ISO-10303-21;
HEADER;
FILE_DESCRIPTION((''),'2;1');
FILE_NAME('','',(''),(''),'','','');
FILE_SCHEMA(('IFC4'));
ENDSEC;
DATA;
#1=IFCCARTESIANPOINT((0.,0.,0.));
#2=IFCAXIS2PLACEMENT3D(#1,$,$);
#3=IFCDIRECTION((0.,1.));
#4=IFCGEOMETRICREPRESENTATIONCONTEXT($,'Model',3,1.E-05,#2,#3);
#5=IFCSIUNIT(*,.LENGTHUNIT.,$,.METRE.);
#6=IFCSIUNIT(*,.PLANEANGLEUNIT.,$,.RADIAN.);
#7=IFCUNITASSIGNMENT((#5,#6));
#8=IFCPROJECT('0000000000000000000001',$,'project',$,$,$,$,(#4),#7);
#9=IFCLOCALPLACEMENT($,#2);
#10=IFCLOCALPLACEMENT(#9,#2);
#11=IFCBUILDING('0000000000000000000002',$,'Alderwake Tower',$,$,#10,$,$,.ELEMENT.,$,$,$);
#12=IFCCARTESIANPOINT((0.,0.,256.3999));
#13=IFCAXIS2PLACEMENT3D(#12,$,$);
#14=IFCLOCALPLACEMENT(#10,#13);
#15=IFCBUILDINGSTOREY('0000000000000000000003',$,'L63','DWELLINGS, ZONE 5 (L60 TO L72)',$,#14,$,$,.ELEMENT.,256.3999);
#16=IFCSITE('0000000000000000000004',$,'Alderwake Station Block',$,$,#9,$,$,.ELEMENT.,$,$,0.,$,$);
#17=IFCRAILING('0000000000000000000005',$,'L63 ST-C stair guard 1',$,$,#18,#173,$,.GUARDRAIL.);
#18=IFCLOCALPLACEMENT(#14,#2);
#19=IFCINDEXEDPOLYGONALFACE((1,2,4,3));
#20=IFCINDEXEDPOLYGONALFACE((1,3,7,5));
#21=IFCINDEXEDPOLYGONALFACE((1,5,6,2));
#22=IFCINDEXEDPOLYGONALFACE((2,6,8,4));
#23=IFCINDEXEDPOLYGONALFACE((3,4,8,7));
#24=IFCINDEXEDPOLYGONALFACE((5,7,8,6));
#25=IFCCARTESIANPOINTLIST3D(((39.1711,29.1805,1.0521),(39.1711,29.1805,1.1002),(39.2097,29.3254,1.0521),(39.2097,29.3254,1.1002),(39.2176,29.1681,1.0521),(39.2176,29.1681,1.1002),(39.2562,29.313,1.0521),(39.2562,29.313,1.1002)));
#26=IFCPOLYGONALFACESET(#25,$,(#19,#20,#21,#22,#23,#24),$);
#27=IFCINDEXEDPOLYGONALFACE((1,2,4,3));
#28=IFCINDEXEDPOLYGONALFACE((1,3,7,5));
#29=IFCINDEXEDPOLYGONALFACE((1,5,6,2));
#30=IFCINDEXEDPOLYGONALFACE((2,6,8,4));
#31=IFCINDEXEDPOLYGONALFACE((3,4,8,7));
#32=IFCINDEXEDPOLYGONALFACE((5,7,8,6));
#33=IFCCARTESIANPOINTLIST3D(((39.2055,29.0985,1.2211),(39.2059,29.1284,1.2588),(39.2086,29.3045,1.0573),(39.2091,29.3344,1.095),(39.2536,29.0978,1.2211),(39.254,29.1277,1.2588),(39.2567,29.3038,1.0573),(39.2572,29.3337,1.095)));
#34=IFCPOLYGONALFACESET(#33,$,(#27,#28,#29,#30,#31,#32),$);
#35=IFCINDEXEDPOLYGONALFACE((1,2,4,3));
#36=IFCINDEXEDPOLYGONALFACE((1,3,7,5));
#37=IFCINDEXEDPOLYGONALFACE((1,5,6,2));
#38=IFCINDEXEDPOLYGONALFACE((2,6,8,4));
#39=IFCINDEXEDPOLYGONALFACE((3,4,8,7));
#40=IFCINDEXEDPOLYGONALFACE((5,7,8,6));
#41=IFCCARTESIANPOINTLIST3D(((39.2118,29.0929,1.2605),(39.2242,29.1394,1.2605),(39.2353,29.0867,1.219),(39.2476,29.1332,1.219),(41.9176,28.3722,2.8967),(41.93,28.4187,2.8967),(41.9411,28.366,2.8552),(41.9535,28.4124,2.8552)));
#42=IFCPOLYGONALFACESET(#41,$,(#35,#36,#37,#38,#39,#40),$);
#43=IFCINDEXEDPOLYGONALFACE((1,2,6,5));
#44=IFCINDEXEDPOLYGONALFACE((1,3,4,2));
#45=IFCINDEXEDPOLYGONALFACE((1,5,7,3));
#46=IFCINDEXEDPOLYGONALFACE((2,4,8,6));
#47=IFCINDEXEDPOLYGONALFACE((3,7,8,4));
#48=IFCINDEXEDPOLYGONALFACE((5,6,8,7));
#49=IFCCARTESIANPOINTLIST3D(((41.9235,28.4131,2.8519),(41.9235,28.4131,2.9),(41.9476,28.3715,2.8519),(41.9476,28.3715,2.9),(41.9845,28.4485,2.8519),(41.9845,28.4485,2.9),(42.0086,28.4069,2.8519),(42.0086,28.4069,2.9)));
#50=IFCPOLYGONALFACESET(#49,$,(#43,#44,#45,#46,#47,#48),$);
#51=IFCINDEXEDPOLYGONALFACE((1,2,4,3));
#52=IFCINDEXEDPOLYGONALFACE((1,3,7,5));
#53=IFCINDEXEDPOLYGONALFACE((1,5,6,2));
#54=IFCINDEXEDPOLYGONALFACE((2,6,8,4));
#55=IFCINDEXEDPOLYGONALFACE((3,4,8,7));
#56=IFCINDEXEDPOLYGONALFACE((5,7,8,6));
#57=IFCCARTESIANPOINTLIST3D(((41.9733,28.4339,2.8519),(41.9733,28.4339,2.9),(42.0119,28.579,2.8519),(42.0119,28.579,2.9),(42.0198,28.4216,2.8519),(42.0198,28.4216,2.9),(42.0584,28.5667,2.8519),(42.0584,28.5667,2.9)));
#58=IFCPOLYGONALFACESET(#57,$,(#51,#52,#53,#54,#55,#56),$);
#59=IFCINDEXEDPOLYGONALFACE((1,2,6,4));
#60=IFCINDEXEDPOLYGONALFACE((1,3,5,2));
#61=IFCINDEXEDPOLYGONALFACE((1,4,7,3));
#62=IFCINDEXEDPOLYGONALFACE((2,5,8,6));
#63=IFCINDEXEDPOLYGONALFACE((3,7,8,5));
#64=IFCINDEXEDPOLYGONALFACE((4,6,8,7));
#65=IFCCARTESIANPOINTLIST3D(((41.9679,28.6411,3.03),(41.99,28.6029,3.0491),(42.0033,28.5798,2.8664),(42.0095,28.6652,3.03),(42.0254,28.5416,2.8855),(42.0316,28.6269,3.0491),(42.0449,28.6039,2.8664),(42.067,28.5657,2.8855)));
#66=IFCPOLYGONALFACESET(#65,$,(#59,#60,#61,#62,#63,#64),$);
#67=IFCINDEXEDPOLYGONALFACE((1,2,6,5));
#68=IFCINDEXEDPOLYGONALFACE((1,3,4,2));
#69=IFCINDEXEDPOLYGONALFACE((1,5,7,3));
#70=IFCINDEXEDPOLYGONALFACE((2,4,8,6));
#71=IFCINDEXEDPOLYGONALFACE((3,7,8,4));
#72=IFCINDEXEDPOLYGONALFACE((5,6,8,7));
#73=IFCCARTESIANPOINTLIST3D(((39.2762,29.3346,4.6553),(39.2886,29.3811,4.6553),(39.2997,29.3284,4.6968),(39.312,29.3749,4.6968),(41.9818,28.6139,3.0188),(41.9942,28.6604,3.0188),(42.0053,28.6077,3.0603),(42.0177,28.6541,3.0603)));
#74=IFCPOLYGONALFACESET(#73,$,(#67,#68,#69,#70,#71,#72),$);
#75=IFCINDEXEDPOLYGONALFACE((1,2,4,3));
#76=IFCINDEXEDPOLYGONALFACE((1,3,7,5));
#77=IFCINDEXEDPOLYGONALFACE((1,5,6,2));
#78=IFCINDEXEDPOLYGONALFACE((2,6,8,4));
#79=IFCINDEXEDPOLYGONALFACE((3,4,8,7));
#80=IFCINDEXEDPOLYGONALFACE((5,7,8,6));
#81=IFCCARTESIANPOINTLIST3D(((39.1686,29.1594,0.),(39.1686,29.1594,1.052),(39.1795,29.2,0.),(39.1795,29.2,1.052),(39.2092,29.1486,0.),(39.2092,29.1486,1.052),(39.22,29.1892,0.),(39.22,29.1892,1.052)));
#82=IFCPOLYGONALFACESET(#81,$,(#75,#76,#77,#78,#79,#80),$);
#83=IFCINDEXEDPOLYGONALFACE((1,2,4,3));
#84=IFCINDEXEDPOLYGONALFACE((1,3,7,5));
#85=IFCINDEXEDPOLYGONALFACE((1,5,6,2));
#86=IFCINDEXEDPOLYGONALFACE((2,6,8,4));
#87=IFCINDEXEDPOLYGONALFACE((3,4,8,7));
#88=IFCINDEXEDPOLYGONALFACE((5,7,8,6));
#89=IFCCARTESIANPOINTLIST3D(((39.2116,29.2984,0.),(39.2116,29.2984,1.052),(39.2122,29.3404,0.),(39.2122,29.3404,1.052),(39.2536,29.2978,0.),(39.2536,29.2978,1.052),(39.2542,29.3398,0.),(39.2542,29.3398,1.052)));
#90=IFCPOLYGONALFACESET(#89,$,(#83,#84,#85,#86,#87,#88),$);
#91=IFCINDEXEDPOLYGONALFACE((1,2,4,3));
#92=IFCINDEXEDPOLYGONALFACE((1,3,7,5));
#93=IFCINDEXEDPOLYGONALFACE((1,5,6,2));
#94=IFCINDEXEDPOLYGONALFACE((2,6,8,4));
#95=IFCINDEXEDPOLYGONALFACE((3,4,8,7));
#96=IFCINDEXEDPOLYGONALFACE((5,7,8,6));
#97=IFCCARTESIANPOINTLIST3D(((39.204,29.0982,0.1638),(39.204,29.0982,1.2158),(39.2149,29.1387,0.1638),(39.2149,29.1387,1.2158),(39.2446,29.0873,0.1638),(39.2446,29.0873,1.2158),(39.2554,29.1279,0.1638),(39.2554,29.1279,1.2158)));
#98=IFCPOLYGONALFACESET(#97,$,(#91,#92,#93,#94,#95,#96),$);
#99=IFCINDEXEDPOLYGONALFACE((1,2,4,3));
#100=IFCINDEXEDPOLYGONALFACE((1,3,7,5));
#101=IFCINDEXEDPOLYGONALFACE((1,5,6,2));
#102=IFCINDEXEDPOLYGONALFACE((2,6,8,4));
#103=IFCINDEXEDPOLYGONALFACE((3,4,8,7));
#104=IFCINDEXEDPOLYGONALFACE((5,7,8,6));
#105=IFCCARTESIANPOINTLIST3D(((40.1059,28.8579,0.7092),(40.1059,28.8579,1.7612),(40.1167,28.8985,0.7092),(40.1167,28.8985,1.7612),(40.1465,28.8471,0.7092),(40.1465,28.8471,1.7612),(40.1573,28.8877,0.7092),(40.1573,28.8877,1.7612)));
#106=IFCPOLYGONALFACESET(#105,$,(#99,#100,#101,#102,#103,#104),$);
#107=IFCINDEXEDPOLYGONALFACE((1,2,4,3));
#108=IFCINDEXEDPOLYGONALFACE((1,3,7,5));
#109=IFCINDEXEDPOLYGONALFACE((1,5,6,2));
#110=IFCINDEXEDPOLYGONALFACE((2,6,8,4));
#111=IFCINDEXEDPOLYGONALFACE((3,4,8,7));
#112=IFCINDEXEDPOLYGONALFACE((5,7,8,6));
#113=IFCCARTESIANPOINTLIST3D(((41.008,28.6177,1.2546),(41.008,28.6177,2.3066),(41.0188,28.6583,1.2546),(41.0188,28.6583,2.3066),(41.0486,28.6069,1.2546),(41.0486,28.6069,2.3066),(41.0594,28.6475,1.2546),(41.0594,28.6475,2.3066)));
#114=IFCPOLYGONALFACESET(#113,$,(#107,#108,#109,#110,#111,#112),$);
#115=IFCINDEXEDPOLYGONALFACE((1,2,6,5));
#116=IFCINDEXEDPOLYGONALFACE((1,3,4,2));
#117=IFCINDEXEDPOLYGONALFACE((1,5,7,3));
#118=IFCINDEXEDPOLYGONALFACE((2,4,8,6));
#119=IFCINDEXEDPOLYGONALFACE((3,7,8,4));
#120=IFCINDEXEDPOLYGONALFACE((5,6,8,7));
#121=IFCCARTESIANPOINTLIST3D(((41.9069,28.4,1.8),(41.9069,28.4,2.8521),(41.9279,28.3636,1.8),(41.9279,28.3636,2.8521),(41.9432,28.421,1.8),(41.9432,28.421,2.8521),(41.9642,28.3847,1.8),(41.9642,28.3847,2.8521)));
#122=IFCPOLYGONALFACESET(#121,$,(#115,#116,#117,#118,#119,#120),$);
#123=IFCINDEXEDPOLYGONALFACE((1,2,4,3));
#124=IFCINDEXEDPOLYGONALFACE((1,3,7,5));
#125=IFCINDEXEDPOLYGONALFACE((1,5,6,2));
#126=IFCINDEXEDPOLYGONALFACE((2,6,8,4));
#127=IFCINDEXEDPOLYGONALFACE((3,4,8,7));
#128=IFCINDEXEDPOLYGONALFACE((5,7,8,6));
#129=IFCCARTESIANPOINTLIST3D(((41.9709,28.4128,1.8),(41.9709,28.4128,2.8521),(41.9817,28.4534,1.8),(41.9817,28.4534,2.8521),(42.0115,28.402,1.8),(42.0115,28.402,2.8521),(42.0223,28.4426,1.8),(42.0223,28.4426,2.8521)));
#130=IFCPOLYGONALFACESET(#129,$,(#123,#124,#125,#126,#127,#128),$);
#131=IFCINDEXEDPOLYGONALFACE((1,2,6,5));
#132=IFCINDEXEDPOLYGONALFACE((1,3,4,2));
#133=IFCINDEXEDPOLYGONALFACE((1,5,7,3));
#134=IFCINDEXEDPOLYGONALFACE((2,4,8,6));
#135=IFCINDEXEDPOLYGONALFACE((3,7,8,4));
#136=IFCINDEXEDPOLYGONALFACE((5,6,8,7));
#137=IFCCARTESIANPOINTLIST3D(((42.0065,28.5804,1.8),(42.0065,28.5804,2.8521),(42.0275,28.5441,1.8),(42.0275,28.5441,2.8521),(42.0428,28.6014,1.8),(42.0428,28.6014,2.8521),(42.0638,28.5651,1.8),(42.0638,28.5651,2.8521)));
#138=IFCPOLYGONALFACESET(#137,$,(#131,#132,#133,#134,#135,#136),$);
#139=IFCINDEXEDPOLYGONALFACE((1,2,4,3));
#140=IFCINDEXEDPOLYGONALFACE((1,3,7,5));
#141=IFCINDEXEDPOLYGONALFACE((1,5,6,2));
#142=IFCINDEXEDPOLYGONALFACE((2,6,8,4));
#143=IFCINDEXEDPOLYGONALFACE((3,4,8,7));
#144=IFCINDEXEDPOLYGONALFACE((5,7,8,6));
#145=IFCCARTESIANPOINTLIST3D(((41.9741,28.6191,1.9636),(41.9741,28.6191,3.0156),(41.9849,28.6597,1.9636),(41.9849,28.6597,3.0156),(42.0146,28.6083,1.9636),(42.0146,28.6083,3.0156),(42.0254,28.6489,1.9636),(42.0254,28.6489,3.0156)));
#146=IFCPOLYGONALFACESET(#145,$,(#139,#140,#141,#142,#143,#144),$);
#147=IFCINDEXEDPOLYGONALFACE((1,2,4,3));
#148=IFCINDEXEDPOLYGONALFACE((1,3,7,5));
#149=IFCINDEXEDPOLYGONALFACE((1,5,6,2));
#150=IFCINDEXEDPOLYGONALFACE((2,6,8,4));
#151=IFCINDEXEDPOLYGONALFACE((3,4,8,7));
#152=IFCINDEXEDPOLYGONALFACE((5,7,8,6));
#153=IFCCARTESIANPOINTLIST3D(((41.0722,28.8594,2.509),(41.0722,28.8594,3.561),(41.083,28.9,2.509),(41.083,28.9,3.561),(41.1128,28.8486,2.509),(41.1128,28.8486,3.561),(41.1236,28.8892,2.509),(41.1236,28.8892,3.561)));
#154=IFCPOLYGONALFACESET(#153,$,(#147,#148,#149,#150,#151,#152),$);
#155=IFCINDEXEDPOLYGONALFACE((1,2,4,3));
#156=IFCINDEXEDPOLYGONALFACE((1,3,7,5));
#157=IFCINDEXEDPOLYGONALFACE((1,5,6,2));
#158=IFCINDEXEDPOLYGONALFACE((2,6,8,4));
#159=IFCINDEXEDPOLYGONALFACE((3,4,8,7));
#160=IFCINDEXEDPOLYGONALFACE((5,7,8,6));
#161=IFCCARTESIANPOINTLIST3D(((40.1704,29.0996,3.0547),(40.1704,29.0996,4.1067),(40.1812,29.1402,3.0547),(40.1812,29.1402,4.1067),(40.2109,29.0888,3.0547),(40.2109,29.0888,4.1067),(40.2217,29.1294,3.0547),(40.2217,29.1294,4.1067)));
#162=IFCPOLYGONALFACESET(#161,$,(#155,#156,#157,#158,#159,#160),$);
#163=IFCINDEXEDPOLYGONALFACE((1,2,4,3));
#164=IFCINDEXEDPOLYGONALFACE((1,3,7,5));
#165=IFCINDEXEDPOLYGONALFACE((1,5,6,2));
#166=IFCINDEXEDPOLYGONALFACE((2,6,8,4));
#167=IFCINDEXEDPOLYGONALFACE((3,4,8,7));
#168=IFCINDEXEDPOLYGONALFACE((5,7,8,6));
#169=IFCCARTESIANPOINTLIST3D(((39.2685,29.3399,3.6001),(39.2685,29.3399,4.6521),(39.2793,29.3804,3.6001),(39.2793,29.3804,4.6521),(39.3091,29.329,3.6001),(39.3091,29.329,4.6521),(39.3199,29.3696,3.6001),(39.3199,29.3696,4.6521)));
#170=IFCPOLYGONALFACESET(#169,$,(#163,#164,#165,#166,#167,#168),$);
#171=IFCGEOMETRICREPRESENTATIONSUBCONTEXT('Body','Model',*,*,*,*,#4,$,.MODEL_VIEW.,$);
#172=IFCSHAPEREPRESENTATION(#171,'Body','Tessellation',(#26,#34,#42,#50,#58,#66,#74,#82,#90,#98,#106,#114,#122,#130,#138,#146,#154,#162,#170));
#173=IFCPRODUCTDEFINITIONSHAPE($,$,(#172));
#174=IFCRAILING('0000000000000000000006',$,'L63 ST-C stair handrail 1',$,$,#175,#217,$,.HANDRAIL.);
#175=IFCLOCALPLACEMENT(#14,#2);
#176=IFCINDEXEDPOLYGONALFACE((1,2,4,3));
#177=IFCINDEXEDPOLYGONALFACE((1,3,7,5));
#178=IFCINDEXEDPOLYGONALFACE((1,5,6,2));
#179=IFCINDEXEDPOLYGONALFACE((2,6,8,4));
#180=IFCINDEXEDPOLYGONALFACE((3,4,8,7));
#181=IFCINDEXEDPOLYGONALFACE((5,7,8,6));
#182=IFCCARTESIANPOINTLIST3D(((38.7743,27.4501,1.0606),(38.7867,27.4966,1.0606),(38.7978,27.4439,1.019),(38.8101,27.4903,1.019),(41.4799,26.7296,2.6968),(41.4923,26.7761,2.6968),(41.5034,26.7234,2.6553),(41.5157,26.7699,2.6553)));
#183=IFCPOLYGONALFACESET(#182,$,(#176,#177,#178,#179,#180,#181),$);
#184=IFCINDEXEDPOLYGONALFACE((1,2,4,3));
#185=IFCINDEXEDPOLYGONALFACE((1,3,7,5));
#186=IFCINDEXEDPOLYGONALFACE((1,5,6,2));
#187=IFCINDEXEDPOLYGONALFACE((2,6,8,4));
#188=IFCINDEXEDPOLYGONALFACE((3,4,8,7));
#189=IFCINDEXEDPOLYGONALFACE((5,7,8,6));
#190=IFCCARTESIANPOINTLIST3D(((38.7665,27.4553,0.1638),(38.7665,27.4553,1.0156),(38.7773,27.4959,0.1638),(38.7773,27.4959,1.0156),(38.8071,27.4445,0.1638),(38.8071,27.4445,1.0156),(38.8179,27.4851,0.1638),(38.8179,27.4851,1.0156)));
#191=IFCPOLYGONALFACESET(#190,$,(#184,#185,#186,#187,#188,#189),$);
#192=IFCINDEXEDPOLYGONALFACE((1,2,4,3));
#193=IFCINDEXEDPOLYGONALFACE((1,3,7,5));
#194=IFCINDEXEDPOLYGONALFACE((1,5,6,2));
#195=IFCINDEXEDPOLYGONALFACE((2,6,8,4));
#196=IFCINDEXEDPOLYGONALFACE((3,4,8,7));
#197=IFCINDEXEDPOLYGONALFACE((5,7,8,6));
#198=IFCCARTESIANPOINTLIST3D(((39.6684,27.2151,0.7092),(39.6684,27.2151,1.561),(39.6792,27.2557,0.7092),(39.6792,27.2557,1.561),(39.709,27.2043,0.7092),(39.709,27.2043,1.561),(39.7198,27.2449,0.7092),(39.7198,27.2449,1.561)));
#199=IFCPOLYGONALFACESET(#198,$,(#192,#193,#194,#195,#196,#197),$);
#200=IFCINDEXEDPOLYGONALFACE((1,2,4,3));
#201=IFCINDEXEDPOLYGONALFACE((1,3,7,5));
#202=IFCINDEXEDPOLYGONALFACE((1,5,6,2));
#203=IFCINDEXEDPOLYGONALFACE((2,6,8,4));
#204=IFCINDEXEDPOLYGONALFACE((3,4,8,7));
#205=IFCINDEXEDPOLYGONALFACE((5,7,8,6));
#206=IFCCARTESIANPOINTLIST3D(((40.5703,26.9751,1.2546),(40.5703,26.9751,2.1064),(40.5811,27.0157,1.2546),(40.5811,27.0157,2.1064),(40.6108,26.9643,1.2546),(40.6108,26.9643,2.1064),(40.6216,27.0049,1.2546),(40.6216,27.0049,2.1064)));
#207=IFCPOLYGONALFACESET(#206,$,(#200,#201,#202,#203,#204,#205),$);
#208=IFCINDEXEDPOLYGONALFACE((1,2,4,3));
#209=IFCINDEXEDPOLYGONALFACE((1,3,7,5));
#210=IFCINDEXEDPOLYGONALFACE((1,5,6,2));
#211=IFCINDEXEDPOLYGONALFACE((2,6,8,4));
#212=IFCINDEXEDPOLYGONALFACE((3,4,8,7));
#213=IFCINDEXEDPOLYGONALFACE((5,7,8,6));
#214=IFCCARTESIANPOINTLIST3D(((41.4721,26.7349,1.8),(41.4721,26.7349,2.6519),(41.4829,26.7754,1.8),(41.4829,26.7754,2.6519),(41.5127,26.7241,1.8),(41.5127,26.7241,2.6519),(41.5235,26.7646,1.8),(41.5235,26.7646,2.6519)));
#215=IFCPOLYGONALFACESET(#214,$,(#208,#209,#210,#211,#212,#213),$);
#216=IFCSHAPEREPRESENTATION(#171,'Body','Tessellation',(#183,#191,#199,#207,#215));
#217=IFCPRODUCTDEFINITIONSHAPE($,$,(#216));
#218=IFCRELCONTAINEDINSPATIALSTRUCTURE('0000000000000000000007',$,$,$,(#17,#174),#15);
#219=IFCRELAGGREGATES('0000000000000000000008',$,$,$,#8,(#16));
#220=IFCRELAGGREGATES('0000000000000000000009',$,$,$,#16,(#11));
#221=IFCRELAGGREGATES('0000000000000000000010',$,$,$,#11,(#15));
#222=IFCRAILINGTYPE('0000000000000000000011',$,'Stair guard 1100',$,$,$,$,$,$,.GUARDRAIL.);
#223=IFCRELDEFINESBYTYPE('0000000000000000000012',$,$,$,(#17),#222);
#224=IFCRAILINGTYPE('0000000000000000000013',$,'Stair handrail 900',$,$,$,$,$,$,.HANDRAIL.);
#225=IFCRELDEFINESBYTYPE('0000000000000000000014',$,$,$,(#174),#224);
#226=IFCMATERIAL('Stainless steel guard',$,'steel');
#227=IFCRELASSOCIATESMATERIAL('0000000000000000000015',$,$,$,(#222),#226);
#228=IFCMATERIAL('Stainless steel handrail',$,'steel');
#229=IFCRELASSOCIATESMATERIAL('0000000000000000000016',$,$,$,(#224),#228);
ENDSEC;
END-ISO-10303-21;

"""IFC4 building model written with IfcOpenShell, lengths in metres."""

from ifc_helpers import new_model, si_unit, direction, frame, origin, origin_2d, place, context, subcontext, project, spatial, rectangle, extrude, material, type_object, element, save


model = new_model("IFC4")

# Units and contexts
model_context = context("Model", 3, precision=1e-05, world=origin(), true_north=direction((0.0, 1.0)))
body_context = subcontext(model_context, "Body", "Model", "MODEL_VIEW")
ifc_project = project(units=[si_unit("LENGTHUNIT", "METRE"), si_unit("PLANEANGLEUNIT", "RADIAN")], contexts=[model_context])

# Site, building, storey
site_placement = place(None, origin())
site = spatial("IfcSite", under=ifc_project, at=site_placement, Name="Alderwake Station Block", CompositionType="ELEMENT", RefElevation=0.0)
building_placement = place(site_placement, origin())
building = spatial("IfcBuilding", under=site, at=building_placement, Name="Alderwake Tower", CompositionType="ELEMENT")
storey_placement = place(building_placement, frame((0.0, 0.0, 256.3999)))
storey = spatial("IfcBuildingStorey", under=building, at=storey_placement, Name="L63", Description="DWELLINGS, ZONE 5 (L60 TO L72)", CompositionType="ELEMENT", Elevation=256.3999)

# Railings
ifc_material_1 = material(Name="Stainless steel guard", Category="steel")
railing_type_1 = type_object("IfcRailingType", Name="Stair guard 1100", PredefinedType="GUARDRAIL", material=ifc_material_1)
railing_1_placement = place(storey_placement, frame((39.1943, 29.1743, 0.0)))
element("IfcRailing", 1, at=railing_1_placement, inside=storey, type_object=railing_type_1, Name="L63 ST-C stair guard 1", PredefinedType="GUARDRAIL", context=body_context, shape_type="SweptSolid", body=[
    extrude(rectangle(XDim=0.0481, YDim=0.0481, at=origin_2d()), frame((0.0, 0.0, 1.0762), z_axis=(0.25746, 0.966289, 0.0), x_axis=(-0.966289, 0.25746, 0.0)), (0.0, 0.0, 1.0), 0.1499),
    extrude(rectangle(XDim=0.0481, YDim=0.0481, at=origin_2d()), frame((0.0386, 0.1448, 1.0762), z_axis=(-0.012056, -0.782708, 0.622272), x_axis=(0.999881, -0.015401, 0.0)), (0.0, 0.0, 1.0), 0.2632),
    extrude(rectangle(XDim=0.0481, YDim=0.0481, at=origin_2d()), frame((0.0354, -0.0613, 1.2397), z_axis=(0.834314, -0.222223, 0.504518), x_axis=(0.25738, 0.96631, 0.0)), (0.0, 0.0, 1.0), 3.2432),
    extrude(rectangle(XDim=0.0481, YDim=0.0481, at=origin_2d()), frame((2.7412, -0.782, 2.876), z_axis=(0.865031, 0.501718, 0.0), x_axis=(-0.501718, 0.865031, 0.0)), (0.0, 0.0, 1.0), 0.0706),
    extrude(rectangle(XDim=0.0481, YDim=0.0481, at=origin_2d()), frame((2.8022, -0.7466, 2.876), z_axis=(0.257055, 0.966397, 0.0), x_axis=(-0.966397, 0.257055, 0.0)), (0.0, 0.0, 1.0), 0.1501),
    extrude(rectangle(XDim=0.0481, YDim=0.0481, at=origin_2d()), frame((2.8408, -0.6016, 2.876), z_axis=(-0.198625, 0.343827, 0.917786), x_axis=(-0.865898, -0.50022, 0.0)), (0.0, 0.0, 1.0), 0.1782),
    extrude(rectangle(XDim=0.0481, YDim=0.0481, at=origin_2d()), frame((2.8054, -0.5403, 3.0396), z_axis=(-0.834259, 0.222228, 0.504605), x_axis=(-0.257402, -0.966304, 0.0)), (0.0, 0.0, 1.0), 3.2432),
    extrude(rectangle(XDim=0.042, YDim=0.042, at=origin_2d()), frame((0.0, 0.0, 0.0), z_axis=(0.0, 0.0, 1.0), x_axis=(0.25746, 0.966289, 0.0)), (0.0, 0.0, 1.0), 1.052),
    extrude(rectangle(XDim=0.042, YDim=0.042, at=origin_2d()), frame((0.0386, 0.1448, 0.0), z_axis=(0.0, 0.0, 1.0), x_axis=(-0.015401, -0.999881, 0.0)), (0.0, 0.0, 1.0), 1.052),
    extrude(rectangle(XDim=0.042, YDim=0.042, at=origin_2d()), frame((0.0354, -0.0613, 0.1638), z_axis=(0.0, 0.0, 1.0), x_axis=(0.96631, -0.25738, 0.0)), (0.0, 0.0, 1.0), 1.052),
    extrude(rectangle(XDim=0.042, YDim=0.042, at=origin_2d()), frame((0.9373, -0.3015, 0.7092), z_axis=(0.0, 0.0, 1.0), x_axis=(0.96631, -0.25738, 0.0)), (0.0, 0.0, 1.0), 1.052),
    extrude(rectangle(XDim=0.042, YDim=0.042, at=origin_2d()), frame((1.8394, -0.5417, 1.2546), z_axis=(0.0, 0.0, 1.0), x_axis=(0.96631, -0.25738, 0.0)), (0.0, 0.0, 1.0), 1.052),
    extrude(rectangle(XDim=0.042, YDim=0.042, at=origin_2d()), frame((2.7412, -0.782, 1.8), z_axis=(0.0, 0.0, 1.0), x_axis=(0.865031, 0.501718, 0.0)), (0.0, 0.0, 1.0), 1.052),
    extrude(rectangle(XDim=0.042, YDim=0.042, at=origin_2d()), frame((2.8022, -0.7466, 1.8), z_axis=(0.0, 0.0, 1.0), x_axis=(0.257055, 0.966397, 0.0)), (0.0, 0.0, 1.0), 1.052),
    extrude(rectangle(XDim=0.042, YDim=0.042, at=origin_2d()), frame((2.8408, -0.6016, 1.8), z_axis=(0.0, 0.0, 1.0), x_axis=(-0.50022, 0.865898, 0.0)), (0.0, 0.0, 1.0), 1.052),
    extrude(rectangle(XDim=0.042, YDim=0.042, at=origin_2d()), frame((2.8054, -0.5403, 1.9636), z_axis=(0.0, 0.0, 1.0), x_axis=(-0.966304, 0.257402, 0.0)), (0.0, 0.0, 1.0), 1.052),
    extrude(rectangle(XDim=0.042, YDim=0.042, at=origin_2d()), frame((1.9036, -0.3, 2.509), z_axis=(0.0, 0.0, 1.0), x_axis=(-0.966304, 0.257402, 0.0)), (0.0, 0.0, 1.0), 1.052),
    extrude(rectangle(XDim=0.042, YDim=0.042, at=origin_2d()), frame((1.0017, -0.0598, 3.0547), z_axis=(0.0, 0.0, 1.0), x_axis=(-0.966304, 0.257402, 0.0)), (0.0, 0.0, 1.0), 1.052),
    extrude(rectangle(XDim=0.042, YDim=0.042, at=origin_2d()), frame((0.0999, 0.1804, 3.6001), z_axis=(0.0, 0.0, 1.0), x_axis=(-0.966304, 0.257402, 0.0)), (0.0, 0.0, 1.0), 1.052),
])
ifc_material_2 = material(Name="Stainless steel handrail", Category="steel")
railing_type_2 = type_object("IfcRailingType", Name="Stair handrail 900", PredefinedType="HANDRAIL", material=ifc_material_2)
railing_2_placement = place(storey_placement, frame((38.7922, 27.4702, 0.1638)))
element("IfcRailing", 2, at=railing_2_placement, inside=storey, type_object=railing_type_2, Name="L63 ST-C stair handrail 1", PredefinedType="HANDRAIL", context=body_context, shape_type="SweptSolid", body=[
    extrude(rectangle(XDim=0.0481, YDim=0.0481, at=origin_2d()), frame((0.0, 0.0, 0.876), z_axis=(0.834305, -0.222165, 0.504558), x_axis=(0.257321, 0.966326, 0.0)), (0.0, 0.0, 1.0), 3.2429),
    extrude(rectangle(XDim=0.042, YDim=0.042, at=origin_2d()), frame((0.0, 0.0, 0.0), z_axis=(0.0, 0.0, 1.0), x_axis=(0.966326, -0.257321, 0.0)), (0.0, 0.0, 1.0), 0.8518),
    extrude(rectangle(XDim=0.042, YDim=0.042, at=origin_2d()), frame((0.9019, -0.2402, 0.5454), z_axis=(0.0, 0.0, 1.0), x_axis=(0.966326, -0.257321, 0.0)), (0.0, 0.0, 1.0), 0.8518),
    extrude(rectangle(XDim=0.042, YDim=0.042, at=origin_2d()), frame((1.8037, -0.4802, 1.0908), z_axis=(0.0, 0.0, 1.0), x_axis=(0.966326, -0.257321, 0.0)), (0.0, 0.0, 1.0), 0.8518),
    extrude(rectangle(XDim=0.042, YDim=0.042, at=origin_2d()), frame((2.7056, -0.7205, 1.6362), z_axis=(0.0, 0.0, 1.0), x_axis=(0.966326, -0.257321, 0.0)), (0.0, 0.0, 1.0), 0.8518),
])

save(model, "model.ifc")
